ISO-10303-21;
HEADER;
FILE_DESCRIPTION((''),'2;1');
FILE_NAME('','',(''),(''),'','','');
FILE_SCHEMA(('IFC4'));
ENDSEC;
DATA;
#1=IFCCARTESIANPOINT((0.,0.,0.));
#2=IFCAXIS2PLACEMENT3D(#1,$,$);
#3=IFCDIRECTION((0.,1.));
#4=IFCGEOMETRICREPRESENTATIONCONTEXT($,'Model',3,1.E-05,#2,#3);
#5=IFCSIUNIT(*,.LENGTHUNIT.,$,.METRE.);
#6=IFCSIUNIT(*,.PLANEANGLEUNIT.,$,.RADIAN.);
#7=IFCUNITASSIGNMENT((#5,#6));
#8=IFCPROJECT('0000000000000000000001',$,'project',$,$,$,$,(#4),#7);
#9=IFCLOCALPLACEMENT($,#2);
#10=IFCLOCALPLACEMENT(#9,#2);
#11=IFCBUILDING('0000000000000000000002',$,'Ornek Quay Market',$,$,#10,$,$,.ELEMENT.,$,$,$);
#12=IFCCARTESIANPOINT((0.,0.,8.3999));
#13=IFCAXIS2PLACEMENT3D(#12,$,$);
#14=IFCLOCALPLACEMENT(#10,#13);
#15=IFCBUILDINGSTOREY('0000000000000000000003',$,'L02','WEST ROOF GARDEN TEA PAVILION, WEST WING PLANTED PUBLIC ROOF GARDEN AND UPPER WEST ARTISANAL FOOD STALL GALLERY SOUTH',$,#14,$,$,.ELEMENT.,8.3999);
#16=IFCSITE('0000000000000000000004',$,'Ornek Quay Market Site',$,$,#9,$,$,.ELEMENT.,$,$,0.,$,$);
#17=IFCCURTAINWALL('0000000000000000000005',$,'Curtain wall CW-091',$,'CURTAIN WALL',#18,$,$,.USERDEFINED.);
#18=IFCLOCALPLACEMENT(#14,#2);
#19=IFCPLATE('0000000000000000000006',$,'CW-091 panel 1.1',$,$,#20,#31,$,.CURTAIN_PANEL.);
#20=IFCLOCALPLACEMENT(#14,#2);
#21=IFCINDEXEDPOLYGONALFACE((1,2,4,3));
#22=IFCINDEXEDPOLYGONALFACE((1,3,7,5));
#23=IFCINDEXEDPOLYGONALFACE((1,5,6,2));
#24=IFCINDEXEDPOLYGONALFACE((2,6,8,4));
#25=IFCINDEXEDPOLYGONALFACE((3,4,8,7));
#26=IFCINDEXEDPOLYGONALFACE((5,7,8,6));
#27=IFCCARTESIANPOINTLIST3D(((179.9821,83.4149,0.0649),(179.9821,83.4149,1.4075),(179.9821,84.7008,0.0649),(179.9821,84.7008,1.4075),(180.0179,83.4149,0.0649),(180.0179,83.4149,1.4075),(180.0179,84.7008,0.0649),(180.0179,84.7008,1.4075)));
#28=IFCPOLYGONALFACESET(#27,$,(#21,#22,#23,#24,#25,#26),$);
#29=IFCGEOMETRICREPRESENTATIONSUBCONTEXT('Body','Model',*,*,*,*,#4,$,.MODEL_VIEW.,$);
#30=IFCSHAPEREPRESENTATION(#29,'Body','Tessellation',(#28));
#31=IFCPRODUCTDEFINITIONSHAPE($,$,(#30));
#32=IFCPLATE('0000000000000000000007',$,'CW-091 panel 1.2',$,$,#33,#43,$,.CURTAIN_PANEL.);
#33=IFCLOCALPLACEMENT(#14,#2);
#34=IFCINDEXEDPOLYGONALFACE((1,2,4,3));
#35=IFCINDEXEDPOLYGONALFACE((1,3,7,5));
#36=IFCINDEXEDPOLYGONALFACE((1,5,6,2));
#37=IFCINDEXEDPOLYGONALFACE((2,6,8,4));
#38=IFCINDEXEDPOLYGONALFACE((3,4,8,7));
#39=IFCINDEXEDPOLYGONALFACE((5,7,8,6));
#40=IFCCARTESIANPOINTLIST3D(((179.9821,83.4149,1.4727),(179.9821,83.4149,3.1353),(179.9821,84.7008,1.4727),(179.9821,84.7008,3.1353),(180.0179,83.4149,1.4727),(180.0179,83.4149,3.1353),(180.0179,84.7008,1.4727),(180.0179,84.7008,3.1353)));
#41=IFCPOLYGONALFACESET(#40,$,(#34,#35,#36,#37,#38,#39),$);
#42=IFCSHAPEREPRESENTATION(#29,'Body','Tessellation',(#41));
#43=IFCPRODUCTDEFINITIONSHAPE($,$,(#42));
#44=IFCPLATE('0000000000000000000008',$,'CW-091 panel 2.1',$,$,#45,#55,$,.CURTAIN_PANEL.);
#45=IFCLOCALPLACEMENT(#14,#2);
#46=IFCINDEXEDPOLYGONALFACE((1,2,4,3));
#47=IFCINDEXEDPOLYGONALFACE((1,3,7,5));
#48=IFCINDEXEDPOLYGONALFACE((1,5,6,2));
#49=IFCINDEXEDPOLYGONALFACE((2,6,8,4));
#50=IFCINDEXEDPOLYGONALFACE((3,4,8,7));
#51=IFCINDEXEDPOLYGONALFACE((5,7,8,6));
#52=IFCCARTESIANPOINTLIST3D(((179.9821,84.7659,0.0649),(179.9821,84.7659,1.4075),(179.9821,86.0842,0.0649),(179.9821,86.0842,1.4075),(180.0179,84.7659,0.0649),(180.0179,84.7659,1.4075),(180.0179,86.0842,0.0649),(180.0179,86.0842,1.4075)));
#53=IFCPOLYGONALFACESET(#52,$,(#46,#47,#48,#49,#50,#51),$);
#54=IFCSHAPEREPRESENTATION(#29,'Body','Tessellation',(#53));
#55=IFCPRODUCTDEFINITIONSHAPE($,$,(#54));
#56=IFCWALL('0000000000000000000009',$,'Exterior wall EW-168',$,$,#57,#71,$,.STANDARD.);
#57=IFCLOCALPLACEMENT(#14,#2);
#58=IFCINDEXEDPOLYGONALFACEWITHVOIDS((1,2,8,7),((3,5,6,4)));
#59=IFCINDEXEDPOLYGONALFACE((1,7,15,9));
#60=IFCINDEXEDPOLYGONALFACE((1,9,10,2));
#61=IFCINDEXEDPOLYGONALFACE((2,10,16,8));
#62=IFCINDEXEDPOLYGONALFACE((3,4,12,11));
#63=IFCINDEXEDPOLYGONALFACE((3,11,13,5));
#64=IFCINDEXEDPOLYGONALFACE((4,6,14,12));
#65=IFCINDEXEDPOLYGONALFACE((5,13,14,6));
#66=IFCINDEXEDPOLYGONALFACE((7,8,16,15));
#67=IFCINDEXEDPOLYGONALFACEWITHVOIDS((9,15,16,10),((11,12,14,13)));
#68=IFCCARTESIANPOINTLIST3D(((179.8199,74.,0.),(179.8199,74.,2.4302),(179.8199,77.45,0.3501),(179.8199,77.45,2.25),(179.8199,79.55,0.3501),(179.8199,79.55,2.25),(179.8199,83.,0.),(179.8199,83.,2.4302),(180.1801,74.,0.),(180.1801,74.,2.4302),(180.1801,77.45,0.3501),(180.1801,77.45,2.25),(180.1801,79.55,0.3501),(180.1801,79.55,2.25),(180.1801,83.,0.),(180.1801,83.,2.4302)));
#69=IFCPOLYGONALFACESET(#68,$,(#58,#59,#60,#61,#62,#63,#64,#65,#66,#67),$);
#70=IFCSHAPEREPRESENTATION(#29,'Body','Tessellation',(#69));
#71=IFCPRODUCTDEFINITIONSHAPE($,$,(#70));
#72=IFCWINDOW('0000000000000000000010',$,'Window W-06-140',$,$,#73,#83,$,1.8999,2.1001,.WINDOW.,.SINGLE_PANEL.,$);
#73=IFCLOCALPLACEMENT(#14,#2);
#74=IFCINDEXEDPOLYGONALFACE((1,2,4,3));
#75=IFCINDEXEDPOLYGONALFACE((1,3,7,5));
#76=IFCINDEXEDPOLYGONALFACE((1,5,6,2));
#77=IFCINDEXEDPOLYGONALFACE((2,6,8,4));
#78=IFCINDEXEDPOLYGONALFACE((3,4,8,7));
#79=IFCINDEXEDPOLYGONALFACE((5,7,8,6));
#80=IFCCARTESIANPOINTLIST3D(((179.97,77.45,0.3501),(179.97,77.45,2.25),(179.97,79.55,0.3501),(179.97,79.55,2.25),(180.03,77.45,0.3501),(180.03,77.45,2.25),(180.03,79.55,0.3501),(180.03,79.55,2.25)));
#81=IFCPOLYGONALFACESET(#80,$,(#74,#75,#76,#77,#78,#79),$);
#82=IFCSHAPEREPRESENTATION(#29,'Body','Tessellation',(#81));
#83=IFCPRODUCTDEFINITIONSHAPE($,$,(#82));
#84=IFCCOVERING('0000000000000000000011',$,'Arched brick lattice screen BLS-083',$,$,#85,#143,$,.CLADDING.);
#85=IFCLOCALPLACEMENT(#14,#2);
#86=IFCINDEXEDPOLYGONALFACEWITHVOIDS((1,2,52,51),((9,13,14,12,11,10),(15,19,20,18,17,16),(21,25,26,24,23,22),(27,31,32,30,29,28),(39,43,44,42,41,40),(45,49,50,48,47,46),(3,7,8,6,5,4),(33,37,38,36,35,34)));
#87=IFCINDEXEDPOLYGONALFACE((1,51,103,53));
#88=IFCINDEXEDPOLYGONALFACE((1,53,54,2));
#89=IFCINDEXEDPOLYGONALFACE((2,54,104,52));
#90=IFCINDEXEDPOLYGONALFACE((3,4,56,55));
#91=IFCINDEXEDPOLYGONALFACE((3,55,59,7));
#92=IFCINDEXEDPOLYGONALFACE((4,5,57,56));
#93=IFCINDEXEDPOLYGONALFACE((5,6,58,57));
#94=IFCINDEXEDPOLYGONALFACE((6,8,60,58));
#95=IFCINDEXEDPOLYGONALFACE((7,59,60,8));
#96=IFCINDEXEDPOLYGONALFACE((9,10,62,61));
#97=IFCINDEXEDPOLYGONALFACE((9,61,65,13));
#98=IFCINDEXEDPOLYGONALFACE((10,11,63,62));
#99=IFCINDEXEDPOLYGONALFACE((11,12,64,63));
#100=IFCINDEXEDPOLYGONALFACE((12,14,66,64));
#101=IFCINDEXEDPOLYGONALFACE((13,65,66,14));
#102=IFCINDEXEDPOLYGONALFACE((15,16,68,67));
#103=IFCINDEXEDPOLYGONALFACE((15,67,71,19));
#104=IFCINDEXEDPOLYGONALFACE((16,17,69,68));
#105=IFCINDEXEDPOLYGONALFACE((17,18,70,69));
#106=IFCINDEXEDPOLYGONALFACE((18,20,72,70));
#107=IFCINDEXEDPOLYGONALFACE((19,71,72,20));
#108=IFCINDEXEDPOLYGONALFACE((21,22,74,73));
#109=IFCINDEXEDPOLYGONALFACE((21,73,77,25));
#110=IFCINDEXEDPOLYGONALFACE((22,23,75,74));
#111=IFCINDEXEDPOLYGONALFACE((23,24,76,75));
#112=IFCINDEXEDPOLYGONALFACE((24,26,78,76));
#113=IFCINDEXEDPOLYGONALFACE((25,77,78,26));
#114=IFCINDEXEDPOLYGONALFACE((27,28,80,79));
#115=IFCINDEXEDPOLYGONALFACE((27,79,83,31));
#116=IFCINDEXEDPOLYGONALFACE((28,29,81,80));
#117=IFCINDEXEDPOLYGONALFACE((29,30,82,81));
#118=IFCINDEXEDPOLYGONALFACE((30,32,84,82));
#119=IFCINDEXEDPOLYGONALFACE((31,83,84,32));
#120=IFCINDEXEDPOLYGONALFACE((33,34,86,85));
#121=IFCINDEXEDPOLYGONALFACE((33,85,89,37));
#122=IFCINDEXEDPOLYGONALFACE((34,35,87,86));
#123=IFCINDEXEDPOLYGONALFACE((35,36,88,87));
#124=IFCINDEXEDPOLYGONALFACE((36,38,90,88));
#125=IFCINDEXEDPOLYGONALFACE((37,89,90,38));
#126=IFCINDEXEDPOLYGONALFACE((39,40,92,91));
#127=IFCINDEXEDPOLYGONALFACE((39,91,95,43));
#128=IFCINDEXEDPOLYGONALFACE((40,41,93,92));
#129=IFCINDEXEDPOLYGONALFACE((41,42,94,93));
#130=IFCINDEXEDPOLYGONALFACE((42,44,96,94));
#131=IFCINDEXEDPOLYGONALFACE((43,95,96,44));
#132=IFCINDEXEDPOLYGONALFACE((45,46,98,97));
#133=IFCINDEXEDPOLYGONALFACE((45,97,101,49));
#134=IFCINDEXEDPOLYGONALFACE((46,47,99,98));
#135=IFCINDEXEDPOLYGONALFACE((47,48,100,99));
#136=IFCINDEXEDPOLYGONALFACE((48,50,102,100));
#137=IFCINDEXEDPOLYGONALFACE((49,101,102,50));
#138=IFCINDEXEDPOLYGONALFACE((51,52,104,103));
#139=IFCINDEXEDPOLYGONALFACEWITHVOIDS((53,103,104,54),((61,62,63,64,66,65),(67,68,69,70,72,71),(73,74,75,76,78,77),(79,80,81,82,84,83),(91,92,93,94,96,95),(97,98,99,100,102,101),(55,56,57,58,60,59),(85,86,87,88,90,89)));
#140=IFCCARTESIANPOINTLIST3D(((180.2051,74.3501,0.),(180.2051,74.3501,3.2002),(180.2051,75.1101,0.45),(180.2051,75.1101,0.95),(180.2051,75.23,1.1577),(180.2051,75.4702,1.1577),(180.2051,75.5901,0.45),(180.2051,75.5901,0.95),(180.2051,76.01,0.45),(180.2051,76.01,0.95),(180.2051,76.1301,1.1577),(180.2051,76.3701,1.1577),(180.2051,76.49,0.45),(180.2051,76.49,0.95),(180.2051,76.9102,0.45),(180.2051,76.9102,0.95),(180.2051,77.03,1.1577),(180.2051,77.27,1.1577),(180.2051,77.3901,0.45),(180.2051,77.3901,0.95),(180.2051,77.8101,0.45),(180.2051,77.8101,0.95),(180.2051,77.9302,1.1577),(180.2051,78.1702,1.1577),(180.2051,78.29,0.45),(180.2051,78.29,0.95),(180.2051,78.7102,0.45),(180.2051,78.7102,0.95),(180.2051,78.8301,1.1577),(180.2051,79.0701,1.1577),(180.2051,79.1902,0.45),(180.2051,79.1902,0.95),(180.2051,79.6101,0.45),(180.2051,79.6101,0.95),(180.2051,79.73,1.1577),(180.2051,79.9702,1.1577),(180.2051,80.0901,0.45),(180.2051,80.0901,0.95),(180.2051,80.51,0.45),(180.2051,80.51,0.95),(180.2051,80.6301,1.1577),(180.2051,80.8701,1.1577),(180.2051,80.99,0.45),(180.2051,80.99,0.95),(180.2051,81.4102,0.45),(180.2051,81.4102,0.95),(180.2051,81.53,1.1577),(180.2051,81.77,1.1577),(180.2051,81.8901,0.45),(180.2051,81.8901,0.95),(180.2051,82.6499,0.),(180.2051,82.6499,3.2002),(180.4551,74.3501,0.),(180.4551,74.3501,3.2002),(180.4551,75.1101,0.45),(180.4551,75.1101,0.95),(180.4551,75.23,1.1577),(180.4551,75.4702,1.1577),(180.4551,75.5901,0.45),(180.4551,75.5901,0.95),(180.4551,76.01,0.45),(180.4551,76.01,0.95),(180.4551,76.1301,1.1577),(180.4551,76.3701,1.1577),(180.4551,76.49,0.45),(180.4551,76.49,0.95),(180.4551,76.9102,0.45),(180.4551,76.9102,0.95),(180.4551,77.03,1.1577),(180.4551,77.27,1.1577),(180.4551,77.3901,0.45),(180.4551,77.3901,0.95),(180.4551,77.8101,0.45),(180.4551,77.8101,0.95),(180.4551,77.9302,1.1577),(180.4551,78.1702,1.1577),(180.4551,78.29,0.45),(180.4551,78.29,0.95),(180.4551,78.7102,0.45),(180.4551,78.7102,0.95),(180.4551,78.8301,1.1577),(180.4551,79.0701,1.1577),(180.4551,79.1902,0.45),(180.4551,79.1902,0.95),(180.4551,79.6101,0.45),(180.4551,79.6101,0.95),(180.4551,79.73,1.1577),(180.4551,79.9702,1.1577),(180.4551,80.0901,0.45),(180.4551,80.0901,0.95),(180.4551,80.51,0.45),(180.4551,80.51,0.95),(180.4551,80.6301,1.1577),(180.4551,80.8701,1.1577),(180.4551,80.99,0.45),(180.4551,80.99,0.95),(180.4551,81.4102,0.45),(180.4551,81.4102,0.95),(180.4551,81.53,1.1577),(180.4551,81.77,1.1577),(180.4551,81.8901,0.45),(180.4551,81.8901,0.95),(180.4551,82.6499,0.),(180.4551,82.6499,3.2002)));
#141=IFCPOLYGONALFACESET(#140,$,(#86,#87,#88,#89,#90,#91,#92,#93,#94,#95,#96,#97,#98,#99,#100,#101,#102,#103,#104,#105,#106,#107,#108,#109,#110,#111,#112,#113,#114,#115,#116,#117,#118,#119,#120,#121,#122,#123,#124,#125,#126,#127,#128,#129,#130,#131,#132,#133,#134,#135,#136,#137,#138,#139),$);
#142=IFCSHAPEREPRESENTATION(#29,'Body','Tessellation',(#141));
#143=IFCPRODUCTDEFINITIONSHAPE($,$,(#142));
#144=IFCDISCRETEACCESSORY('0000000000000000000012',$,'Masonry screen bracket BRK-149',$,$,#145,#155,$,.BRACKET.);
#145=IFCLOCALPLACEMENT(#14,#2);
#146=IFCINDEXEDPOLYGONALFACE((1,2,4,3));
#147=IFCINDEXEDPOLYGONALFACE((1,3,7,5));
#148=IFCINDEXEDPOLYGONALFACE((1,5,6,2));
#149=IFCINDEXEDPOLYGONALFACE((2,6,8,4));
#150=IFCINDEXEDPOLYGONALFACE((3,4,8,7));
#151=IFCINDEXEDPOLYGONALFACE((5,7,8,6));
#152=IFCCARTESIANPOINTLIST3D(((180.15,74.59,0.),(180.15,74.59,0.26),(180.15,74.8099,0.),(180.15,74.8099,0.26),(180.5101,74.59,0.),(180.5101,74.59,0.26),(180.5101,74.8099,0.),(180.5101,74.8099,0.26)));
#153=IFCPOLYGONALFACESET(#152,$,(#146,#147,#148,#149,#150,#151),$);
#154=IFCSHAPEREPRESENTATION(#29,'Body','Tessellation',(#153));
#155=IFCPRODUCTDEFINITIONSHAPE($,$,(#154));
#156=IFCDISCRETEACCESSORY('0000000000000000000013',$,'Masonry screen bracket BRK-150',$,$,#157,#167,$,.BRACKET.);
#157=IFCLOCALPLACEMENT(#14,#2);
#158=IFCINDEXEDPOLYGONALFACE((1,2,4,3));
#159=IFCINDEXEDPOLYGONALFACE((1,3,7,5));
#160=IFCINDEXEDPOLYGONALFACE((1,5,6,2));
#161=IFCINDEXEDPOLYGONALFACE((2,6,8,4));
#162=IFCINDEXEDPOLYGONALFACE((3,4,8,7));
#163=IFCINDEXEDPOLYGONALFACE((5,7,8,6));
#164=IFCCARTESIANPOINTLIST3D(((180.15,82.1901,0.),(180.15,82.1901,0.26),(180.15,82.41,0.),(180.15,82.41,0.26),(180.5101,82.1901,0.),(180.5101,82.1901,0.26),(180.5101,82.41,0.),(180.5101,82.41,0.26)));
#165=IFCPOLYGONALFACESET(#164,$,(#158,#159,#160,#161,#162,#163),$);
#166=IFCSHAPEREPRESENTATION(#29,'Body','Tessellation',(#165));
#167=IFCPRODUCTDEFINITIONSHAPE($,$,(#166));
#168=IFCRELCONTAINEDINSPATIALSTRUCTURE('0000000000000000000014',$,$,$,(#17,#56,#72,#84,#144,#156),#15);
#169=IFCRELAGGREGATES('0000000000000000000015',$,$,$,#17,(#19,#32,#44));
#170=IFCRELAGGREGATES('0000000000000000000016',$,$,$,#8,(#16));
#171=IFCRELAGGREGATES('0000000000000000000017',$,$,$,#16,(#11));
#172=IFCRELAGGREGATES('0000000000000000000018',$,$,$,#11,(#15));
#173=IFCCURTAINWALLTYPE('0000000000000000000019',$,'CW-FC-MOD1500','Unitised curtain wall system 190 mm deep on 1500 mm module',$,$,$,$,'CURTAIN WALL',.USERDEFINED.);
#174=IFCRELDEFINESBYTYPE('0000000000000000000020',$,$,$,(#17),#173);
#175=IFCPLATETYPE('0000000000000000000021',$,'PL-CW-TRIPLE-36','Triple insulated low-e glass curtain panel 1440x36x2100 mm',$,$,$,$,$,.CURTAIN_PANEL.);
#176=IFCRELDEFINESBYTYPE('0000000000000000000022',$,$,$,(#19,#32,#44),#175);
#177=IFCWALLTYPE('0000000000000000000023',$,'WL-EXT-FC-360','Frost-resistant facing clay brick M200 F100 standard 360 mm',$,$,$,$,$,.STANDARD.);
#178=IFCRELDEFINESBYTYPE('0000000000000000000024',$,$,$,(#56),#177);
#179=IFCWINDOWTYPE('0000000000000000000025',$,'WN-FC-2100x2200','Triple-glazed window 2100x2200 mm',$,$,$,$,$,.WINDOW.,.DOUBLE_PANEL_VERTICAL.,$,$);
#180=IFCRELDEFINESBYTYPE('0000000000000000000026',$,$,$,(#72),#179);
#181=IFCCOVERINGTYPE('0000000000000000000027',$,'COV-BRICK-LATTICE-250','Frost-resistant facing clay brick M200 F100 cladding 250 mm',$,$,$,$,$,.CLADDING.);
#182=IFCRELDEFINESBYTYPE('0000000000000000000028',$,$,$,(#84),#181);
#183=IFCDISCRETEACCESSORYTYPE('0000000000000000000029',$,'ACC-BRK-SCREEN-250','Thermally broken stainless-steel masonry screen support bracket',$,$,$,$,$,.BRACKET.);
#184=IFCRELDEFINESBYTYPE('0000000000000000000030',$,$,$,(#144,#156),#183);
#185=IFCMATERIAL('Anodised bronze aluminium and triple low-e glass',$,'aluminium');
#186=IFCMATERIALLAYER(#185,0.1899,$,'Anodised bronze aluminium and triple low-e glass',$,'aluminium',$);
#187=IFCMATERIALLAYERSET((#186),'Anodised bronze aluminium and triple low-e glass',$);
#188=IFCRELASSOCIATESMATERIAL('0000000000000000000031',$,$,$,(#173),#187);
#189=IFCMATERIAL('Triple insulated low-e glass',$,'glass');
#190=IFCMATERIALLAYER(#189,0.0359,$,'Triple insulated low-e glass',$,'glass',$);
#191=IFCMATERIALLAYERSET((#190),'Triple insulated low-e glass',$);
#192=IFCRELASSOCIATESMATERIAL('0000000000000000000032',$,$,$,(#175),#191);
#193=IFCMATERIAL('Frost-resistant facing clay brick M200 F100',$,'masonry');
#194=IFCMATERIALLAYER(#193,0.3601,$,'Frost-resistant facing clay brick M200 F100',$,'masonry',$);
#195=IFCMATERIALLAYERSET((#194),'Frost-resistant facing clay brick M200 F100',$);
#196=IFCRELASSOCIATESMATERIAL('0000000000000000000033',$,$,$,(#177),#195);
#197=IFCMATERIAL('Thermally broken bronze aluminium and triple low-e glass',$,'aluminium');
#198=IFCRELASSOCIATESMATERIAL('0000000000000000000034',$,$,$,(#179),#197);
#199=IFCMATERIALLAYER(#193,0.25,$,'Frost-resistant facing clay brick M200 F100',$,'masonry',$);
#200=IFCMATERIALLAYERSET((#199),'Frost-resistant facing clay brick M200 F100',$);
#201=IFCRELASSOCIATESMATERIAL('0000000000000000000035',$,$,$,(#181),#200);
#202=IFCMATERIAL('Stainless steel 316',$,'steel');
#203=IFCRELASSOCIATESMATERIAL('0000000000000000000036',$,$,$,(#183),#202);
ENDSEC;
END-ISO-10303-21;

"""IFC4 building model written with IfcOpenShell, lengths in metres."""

from ifc_helpers import new_model, si_unit, direction, frame, frame_2d, origin, origin_2d, place, context, subcontext, project, spatial, polyline, rectangle, outline, extrude, material, layer, layer_set, type_object, element, fill, aggregate, save


model = new_model("IFC4")

# Units and contexts
model_context = context("Model", 3, precision=1e-05, world=origin(), true_north=direction((0.0, 1.0)))
body_context = subcontext(model_context, "Body", "Model", "MODEL_VIEW")
ifc_project = project(units=[si_unit("LENGTHUNIT", "METRE"), si_unit("PLANEANGLEUNIT", "RADIAN")], contexts=[model_context])

# Site, building, storey
site_placement = place(None, origin())
site = spatial("IfcSite", under=ifc_project, at=site_placement, Name="Ornek Quay Market Site", CompositionType="ELEMENT", RefElevation=0.0)
building_placement = place(site_placement, origin())
building = spatial("IfcBuilding", under=site, at=building_placement, Name="Ornek Quay Market", CompositionType="ELEMENT")
storey_placement = place(building_placement, frame((0.0, 0.0, 8.3999)))
storey = spatial("IfcBuildingStorey", under=building, at=storey_placement, Name="L02", Description="WEST ROOF GARDEN TEA PAVILION, WEST WING PLANTED PUBLIC ROOF GARDEN AND UPPER WEST ARTISANAL FOOD STALL GALLERY SOUTH", CompositionType="ELEMENT", Elevation=8.3999)

# Curtain wall, plates
ifc_material_1 = material(Name="Anodised bronze aluminium and triple low-e glass", Category="aluminium")
ifc_layer_1 = layer(ifc_material_1, 0.1899, Name="Anodised bronze aluminium and triple low-e glass", Category="aluminium")
ifc_layer_set_1 = layer_set([ifc_layer_1], Name="Anodised bronze aluminium and triple low-e glass")
curtain_wall_type = type_object("IfcCurtainWallType", Name="CW-FC-MOD1500", Description="Unitised curtain wall system 190 mm deep on 1500 mm module", ElementType="CURTAIN WALL", PredefinedType="USERDEFINED", material=ifc_layer_set_1)
curtain_wall_placement = place(storey_placement, origin())
curtain_wall = element("IfcCurtainWall", 1, at=curtain_wall_placement, inside=storey, type_object=curtain_wall_type, Name="Curtain wall CW-091", ObjectType="CURTAIN WALL", PredefinedType="USERDEFINED")
ifc_material_2 = material(Name="Triple insulated low-e glass", Category="glass")
ifc_layer_2 = layer(ifc_material_2, 0.0359, Name="Triple insulated low-e glass", Category="glass")
ifc_layer_set_2 = layer_set([ifc_layer_2], Name="Triple insulated low-e glass")
plate_type = type_object("IfcPlateType", Name="PL-CW-TRIPLE-36", Description="Triple insulated low-e glass curtain panel 1440x36x2100 mm", PredefinedType="CURTAIN_PANEL", material=ifc_layer_set_2)
plate_1_placement = place(storey_placement, frame((180.0, 84.0579, 0.0649), z_axis=(0.0, 0.0, 1.0), x_axis=(0.0, 1.0, 0.0)))
plate_1 = element("IfcPlate", 2, at=plate_1_placement, type_object=plate_type, Name="CW-091 panel 1.1", PredefinedType="CURTAIN_PANEL", context=body_context, shape_type="SweptSolid", body=[
    extrude(rectangle(XDim=1.2859, YDim=0.0359, at=origin_2d()), origin(), (0.0, 0.0, 1.0), 1.3425),
])
plate_2_placement = place(storey_placement, frame((180.0, 84.0579, 1.4727), z_axis=(0.0, 0.0, 1.0), x_axis=(0.0, 1.0, 0.0)))
plate_2 = element("IfcPlate", 3, at=plate_2_placement, type_object=plate_type, Name="CW-091 panel 1.2", PredefinedType="CURTAIN_PANEL", context=body_context, shape_type="SweptSolid", body=[
    extrude(rectangle(XDim=1.2859, YDim=0.0359, at=origin_2d()), origin(), (0.0, 0.0, 1.0), 1.6626),
])
plate_3_placement = place(storey_placement, frame((180.0, 85.425, 0.0649), z_axis=(0.0, 0.0, 1.0), x_axis=(0.0, 1.0, 0.0)))
plate_3 = element("IfcPlate", 4, at=plate_3_placement, type_object=plate_type, Name="CW-091 panel 2.1", PredefinedType="CURTAIN_PANEL", context=body_context, shape_type="SweptSolid", body=[
    extrude(rectangle(XDim=1.3184, YDim=0.0359, at=origin_2d()), origin(), (0.0, 0.0, 1.0), 1.3425),
])
aggregate(curtain_wall, [plate_1, plate_2, plate_3])

# Wall, opening, window
ifc_material_3 = material(Name="Frost-resistant facing clay brick M200 F100", Category="masonry")
ifc_layer_3 = layer(ifc_material_3, 0.3601, Name="Frost-resistant facing clay brick M200 F100", Category="masonry")
ifc_layer_set_3 = layer_set([ifc_layer_3], Name="Frost-resistant facing clay brick M200 F100")
wall_type = type_object("IfcWallType", Name="WL-EXT-FC-360", Description="Frost-resistant facing clay brick M200 F100 standard 360 mm", PredefinedType="STANDARD", material=ifc_layer_set_3)
wall_placement = place(storey_placement, frame((180.0, 74.0, 0.0), z_axis=(0.0, 0.0, 1.0), x_axis=(0.0, 1.0, 0.0)))
wall = element("IfcWall", 5, at=wall_placement, inside=storey, type_object=wall_type, Name="Exterior wall EW-168", PredefinedType="STANDARD", context=body_context, shape_type="SweptSolid", body=[
    extrude(rectangle(XDim=9.0, YDim=0.3601, at=frame_2d((4.5, 0.0))), origin(), (0.0, 0.0, 1.0), 2.4302),
])
opening_placement = place(wall_placement, frame((3.45, 0.0, 0.3501)))
opening = element("IfcOpeningElement", 6, at=opening_placement, cuts=wall, PredefinedType="OPENING", context=body_context, shape_type="SweptSolid", body=[
    extrude(rectangle(XDim=2.1001, YDim=1.8999, at=frame_2d((1.05, 0.95))), frame((0.0, 0.1899, 0.0), z_axis=(0.0, -1.0, 0.0), x_axis=(1.0, 0.0, 0.0)), (0.0, 0.0, 1.0), 0.3801),
])
ifc_material_4 = material(Name="Thermally broken bronze aluminium and triple low-e glass", Category="aluminium")
window_type = type_object("IfcWindowType", Name="WN-FC-2100x2200", Description="Triple-glazed window 2100x2200 mm", PartitioningType="DOUBLE_PANEL_VERTICAL", PredefinedType="WINDOW", material=ifc_material_4)
window_placement = place(opening_placement, origin())
window = element("IfcWindow", 7, at=window_placement, inside=storey, type_object=window_type, Name="Window W-06-140", OverallHeight=1.8999, OverallWidth=2.1001, PartitioningType="SINGLE_PANEL", PredefinedType="WINDOW", context=body_context, shape_type="SweptSolid", body=[
    extrude(rectangle(XDim=2.1001, YDim=1.8999, at=frame_2d((1.05, 0.95))), frame((0.0, 0.03, 0.0), z_axis=(0.0, -1.0, 0.0), x_axis=(1.0, 0.0, 0.0)), (0.0, 0.0, 1.0), 0.0601),
])
fill(opening, window)

# Covering
ifc_layer_4 = layer(ifc_material_3, 0.25, Name="Frost-resistant facing clay brick M200 F100", Category="masonry")
ifc_layer_set_4 = layer_set([ifc_layer_4], Name="Frost-resistant facing clay brick M200 F100")
covering_type = type_object("IfcCoveringType", Name="COV-BRICK-LATTICE-250", Description="Frost-resistant facing clay brick M200 F100 cladding 250 mm", PredefinedType="CLADDING", material=ifc_layer_set_4)
covering_placement = place(storey_placement, frame((180.3301, 74.3501, 0.0), z_axis=(0.0, 0.0, 1.0), x_axis=(0.0, 1.0, 0.0)))
element("IfcCovering", 8, at=covering_placement, inside=storey, type_object=covering_type, Name="Arched brick lattice screen BLS-083", PredefinedType="CLADDING", context=body_context, shape_type="SweptSolid", body=[
    extrude(outline(polyline([(0.0, 0.0), (8.2998, 0.0), (8.2998, 3.2002), (0.0, 3.2002), (0.0, 0.0)]), holes=[polyline([(0.76, 0.45), (1.24, 0.45), (1.24, 0.95), (1.1201, 1.1577), (0.8799, 1.1577), (0.76, 0.95), (0.76, 0.45)]), polyline([(1.6599, 0.45), (2.1399, 0.45), (2.1399, 0.95), (2.02, 1.1577), (1.78, 1.1577), (1.6599, 0.95), (1.6599, 0.45)]), polyline([(2.5601, 0.45), (3.04, 0.45), (3.04, 0.95), (2.9199, 1.1577), (2.6799, 1.1577), (2.5601, 0.95), (2.5601, 0.45)]), polyline([(3.46, 0.45), (3.9399, 0.45), (3.9399, 0.95), (3.8201, 1.1577), (3.5801, 1.1577), (3.46, 0.95), (3.46, 0.45)]), polyline([(4.3601, 0.45), (4.8401, 0.45), (4.8401, 0.95), (4.72, 1.1577), (4.48, 1.1577), (4.3601, 0.95), (4.3601, 0.45)]), polyline([(5.26, 0.45), (5.74, 0.45), (5.74, 0.95), (5.6201, 1.1577), (5.3799, 1.1577), (5.26, 0.95), (5.26, 0.45)]), polyline([(6.1599, 0.45), (6.6399, 0.45), (6.6399, 0.95), (6.52, 1.1577), (6.28, 1.1577), (6.1599, 0.95), (6.1599, 0.45)]), polyline([(7.0601, 0.45), (7.54, 0.45), (7.54, 0.95), (7.4199, 1.1577), (7.1799, 1.1577), (7.0601, 0.95), (7.0601, 0.45)])]), frame((0.0, 0.125, 0.0), z_axis=(0.0, -1.0, 0.0), x_axis=(1.0, 0.0, 0.0)), (0.0, 0.0, 1.0), 0.25),
])

# Discrete accessories
ifc_material_5 = material(Name="Stainless steel 316", Category="steel")
discrete_accessory_type = type_object("IfcDiscreteAccessoryType", Name="ACC-BRK-SCREEN-250", Description="Thermally broken stainless-steel masonry screen support bracket", PredefinedType="BRACKET", material=ifc_material_5)
for number, where, z_axis, x_axis, name in (
    (9, (180.3301, 74.7, 0.0), (0.0, 0.0, 1.0), (0.0, 1.0, 0.0), "Masonry screen bracket BRK-149"),
    (10, (180.3301, 82.3, 0.0), (0.0, 0.0, 1.0), (0.0, 1.0, 0.0), "Masonry screen bracket BRK-150"),
):
    element("IfcDiscreteAccessory", number, at=place(storey_placement, frame(where, z_axis=z_axis, x_axis=x_axis)), inside=storey, type_object=discrete_accessory_type, Name=name, PredefinedType="BRACKET", context=body_context, shape_type="SweptSolid", body=[
        extrude(rectangle(XDim=0.22, YDim=0.3601, at=origin_2d()), origin(), (0.0, 0.0, 1.0), 0.26),
    ])

save(model, "model.ifc")
